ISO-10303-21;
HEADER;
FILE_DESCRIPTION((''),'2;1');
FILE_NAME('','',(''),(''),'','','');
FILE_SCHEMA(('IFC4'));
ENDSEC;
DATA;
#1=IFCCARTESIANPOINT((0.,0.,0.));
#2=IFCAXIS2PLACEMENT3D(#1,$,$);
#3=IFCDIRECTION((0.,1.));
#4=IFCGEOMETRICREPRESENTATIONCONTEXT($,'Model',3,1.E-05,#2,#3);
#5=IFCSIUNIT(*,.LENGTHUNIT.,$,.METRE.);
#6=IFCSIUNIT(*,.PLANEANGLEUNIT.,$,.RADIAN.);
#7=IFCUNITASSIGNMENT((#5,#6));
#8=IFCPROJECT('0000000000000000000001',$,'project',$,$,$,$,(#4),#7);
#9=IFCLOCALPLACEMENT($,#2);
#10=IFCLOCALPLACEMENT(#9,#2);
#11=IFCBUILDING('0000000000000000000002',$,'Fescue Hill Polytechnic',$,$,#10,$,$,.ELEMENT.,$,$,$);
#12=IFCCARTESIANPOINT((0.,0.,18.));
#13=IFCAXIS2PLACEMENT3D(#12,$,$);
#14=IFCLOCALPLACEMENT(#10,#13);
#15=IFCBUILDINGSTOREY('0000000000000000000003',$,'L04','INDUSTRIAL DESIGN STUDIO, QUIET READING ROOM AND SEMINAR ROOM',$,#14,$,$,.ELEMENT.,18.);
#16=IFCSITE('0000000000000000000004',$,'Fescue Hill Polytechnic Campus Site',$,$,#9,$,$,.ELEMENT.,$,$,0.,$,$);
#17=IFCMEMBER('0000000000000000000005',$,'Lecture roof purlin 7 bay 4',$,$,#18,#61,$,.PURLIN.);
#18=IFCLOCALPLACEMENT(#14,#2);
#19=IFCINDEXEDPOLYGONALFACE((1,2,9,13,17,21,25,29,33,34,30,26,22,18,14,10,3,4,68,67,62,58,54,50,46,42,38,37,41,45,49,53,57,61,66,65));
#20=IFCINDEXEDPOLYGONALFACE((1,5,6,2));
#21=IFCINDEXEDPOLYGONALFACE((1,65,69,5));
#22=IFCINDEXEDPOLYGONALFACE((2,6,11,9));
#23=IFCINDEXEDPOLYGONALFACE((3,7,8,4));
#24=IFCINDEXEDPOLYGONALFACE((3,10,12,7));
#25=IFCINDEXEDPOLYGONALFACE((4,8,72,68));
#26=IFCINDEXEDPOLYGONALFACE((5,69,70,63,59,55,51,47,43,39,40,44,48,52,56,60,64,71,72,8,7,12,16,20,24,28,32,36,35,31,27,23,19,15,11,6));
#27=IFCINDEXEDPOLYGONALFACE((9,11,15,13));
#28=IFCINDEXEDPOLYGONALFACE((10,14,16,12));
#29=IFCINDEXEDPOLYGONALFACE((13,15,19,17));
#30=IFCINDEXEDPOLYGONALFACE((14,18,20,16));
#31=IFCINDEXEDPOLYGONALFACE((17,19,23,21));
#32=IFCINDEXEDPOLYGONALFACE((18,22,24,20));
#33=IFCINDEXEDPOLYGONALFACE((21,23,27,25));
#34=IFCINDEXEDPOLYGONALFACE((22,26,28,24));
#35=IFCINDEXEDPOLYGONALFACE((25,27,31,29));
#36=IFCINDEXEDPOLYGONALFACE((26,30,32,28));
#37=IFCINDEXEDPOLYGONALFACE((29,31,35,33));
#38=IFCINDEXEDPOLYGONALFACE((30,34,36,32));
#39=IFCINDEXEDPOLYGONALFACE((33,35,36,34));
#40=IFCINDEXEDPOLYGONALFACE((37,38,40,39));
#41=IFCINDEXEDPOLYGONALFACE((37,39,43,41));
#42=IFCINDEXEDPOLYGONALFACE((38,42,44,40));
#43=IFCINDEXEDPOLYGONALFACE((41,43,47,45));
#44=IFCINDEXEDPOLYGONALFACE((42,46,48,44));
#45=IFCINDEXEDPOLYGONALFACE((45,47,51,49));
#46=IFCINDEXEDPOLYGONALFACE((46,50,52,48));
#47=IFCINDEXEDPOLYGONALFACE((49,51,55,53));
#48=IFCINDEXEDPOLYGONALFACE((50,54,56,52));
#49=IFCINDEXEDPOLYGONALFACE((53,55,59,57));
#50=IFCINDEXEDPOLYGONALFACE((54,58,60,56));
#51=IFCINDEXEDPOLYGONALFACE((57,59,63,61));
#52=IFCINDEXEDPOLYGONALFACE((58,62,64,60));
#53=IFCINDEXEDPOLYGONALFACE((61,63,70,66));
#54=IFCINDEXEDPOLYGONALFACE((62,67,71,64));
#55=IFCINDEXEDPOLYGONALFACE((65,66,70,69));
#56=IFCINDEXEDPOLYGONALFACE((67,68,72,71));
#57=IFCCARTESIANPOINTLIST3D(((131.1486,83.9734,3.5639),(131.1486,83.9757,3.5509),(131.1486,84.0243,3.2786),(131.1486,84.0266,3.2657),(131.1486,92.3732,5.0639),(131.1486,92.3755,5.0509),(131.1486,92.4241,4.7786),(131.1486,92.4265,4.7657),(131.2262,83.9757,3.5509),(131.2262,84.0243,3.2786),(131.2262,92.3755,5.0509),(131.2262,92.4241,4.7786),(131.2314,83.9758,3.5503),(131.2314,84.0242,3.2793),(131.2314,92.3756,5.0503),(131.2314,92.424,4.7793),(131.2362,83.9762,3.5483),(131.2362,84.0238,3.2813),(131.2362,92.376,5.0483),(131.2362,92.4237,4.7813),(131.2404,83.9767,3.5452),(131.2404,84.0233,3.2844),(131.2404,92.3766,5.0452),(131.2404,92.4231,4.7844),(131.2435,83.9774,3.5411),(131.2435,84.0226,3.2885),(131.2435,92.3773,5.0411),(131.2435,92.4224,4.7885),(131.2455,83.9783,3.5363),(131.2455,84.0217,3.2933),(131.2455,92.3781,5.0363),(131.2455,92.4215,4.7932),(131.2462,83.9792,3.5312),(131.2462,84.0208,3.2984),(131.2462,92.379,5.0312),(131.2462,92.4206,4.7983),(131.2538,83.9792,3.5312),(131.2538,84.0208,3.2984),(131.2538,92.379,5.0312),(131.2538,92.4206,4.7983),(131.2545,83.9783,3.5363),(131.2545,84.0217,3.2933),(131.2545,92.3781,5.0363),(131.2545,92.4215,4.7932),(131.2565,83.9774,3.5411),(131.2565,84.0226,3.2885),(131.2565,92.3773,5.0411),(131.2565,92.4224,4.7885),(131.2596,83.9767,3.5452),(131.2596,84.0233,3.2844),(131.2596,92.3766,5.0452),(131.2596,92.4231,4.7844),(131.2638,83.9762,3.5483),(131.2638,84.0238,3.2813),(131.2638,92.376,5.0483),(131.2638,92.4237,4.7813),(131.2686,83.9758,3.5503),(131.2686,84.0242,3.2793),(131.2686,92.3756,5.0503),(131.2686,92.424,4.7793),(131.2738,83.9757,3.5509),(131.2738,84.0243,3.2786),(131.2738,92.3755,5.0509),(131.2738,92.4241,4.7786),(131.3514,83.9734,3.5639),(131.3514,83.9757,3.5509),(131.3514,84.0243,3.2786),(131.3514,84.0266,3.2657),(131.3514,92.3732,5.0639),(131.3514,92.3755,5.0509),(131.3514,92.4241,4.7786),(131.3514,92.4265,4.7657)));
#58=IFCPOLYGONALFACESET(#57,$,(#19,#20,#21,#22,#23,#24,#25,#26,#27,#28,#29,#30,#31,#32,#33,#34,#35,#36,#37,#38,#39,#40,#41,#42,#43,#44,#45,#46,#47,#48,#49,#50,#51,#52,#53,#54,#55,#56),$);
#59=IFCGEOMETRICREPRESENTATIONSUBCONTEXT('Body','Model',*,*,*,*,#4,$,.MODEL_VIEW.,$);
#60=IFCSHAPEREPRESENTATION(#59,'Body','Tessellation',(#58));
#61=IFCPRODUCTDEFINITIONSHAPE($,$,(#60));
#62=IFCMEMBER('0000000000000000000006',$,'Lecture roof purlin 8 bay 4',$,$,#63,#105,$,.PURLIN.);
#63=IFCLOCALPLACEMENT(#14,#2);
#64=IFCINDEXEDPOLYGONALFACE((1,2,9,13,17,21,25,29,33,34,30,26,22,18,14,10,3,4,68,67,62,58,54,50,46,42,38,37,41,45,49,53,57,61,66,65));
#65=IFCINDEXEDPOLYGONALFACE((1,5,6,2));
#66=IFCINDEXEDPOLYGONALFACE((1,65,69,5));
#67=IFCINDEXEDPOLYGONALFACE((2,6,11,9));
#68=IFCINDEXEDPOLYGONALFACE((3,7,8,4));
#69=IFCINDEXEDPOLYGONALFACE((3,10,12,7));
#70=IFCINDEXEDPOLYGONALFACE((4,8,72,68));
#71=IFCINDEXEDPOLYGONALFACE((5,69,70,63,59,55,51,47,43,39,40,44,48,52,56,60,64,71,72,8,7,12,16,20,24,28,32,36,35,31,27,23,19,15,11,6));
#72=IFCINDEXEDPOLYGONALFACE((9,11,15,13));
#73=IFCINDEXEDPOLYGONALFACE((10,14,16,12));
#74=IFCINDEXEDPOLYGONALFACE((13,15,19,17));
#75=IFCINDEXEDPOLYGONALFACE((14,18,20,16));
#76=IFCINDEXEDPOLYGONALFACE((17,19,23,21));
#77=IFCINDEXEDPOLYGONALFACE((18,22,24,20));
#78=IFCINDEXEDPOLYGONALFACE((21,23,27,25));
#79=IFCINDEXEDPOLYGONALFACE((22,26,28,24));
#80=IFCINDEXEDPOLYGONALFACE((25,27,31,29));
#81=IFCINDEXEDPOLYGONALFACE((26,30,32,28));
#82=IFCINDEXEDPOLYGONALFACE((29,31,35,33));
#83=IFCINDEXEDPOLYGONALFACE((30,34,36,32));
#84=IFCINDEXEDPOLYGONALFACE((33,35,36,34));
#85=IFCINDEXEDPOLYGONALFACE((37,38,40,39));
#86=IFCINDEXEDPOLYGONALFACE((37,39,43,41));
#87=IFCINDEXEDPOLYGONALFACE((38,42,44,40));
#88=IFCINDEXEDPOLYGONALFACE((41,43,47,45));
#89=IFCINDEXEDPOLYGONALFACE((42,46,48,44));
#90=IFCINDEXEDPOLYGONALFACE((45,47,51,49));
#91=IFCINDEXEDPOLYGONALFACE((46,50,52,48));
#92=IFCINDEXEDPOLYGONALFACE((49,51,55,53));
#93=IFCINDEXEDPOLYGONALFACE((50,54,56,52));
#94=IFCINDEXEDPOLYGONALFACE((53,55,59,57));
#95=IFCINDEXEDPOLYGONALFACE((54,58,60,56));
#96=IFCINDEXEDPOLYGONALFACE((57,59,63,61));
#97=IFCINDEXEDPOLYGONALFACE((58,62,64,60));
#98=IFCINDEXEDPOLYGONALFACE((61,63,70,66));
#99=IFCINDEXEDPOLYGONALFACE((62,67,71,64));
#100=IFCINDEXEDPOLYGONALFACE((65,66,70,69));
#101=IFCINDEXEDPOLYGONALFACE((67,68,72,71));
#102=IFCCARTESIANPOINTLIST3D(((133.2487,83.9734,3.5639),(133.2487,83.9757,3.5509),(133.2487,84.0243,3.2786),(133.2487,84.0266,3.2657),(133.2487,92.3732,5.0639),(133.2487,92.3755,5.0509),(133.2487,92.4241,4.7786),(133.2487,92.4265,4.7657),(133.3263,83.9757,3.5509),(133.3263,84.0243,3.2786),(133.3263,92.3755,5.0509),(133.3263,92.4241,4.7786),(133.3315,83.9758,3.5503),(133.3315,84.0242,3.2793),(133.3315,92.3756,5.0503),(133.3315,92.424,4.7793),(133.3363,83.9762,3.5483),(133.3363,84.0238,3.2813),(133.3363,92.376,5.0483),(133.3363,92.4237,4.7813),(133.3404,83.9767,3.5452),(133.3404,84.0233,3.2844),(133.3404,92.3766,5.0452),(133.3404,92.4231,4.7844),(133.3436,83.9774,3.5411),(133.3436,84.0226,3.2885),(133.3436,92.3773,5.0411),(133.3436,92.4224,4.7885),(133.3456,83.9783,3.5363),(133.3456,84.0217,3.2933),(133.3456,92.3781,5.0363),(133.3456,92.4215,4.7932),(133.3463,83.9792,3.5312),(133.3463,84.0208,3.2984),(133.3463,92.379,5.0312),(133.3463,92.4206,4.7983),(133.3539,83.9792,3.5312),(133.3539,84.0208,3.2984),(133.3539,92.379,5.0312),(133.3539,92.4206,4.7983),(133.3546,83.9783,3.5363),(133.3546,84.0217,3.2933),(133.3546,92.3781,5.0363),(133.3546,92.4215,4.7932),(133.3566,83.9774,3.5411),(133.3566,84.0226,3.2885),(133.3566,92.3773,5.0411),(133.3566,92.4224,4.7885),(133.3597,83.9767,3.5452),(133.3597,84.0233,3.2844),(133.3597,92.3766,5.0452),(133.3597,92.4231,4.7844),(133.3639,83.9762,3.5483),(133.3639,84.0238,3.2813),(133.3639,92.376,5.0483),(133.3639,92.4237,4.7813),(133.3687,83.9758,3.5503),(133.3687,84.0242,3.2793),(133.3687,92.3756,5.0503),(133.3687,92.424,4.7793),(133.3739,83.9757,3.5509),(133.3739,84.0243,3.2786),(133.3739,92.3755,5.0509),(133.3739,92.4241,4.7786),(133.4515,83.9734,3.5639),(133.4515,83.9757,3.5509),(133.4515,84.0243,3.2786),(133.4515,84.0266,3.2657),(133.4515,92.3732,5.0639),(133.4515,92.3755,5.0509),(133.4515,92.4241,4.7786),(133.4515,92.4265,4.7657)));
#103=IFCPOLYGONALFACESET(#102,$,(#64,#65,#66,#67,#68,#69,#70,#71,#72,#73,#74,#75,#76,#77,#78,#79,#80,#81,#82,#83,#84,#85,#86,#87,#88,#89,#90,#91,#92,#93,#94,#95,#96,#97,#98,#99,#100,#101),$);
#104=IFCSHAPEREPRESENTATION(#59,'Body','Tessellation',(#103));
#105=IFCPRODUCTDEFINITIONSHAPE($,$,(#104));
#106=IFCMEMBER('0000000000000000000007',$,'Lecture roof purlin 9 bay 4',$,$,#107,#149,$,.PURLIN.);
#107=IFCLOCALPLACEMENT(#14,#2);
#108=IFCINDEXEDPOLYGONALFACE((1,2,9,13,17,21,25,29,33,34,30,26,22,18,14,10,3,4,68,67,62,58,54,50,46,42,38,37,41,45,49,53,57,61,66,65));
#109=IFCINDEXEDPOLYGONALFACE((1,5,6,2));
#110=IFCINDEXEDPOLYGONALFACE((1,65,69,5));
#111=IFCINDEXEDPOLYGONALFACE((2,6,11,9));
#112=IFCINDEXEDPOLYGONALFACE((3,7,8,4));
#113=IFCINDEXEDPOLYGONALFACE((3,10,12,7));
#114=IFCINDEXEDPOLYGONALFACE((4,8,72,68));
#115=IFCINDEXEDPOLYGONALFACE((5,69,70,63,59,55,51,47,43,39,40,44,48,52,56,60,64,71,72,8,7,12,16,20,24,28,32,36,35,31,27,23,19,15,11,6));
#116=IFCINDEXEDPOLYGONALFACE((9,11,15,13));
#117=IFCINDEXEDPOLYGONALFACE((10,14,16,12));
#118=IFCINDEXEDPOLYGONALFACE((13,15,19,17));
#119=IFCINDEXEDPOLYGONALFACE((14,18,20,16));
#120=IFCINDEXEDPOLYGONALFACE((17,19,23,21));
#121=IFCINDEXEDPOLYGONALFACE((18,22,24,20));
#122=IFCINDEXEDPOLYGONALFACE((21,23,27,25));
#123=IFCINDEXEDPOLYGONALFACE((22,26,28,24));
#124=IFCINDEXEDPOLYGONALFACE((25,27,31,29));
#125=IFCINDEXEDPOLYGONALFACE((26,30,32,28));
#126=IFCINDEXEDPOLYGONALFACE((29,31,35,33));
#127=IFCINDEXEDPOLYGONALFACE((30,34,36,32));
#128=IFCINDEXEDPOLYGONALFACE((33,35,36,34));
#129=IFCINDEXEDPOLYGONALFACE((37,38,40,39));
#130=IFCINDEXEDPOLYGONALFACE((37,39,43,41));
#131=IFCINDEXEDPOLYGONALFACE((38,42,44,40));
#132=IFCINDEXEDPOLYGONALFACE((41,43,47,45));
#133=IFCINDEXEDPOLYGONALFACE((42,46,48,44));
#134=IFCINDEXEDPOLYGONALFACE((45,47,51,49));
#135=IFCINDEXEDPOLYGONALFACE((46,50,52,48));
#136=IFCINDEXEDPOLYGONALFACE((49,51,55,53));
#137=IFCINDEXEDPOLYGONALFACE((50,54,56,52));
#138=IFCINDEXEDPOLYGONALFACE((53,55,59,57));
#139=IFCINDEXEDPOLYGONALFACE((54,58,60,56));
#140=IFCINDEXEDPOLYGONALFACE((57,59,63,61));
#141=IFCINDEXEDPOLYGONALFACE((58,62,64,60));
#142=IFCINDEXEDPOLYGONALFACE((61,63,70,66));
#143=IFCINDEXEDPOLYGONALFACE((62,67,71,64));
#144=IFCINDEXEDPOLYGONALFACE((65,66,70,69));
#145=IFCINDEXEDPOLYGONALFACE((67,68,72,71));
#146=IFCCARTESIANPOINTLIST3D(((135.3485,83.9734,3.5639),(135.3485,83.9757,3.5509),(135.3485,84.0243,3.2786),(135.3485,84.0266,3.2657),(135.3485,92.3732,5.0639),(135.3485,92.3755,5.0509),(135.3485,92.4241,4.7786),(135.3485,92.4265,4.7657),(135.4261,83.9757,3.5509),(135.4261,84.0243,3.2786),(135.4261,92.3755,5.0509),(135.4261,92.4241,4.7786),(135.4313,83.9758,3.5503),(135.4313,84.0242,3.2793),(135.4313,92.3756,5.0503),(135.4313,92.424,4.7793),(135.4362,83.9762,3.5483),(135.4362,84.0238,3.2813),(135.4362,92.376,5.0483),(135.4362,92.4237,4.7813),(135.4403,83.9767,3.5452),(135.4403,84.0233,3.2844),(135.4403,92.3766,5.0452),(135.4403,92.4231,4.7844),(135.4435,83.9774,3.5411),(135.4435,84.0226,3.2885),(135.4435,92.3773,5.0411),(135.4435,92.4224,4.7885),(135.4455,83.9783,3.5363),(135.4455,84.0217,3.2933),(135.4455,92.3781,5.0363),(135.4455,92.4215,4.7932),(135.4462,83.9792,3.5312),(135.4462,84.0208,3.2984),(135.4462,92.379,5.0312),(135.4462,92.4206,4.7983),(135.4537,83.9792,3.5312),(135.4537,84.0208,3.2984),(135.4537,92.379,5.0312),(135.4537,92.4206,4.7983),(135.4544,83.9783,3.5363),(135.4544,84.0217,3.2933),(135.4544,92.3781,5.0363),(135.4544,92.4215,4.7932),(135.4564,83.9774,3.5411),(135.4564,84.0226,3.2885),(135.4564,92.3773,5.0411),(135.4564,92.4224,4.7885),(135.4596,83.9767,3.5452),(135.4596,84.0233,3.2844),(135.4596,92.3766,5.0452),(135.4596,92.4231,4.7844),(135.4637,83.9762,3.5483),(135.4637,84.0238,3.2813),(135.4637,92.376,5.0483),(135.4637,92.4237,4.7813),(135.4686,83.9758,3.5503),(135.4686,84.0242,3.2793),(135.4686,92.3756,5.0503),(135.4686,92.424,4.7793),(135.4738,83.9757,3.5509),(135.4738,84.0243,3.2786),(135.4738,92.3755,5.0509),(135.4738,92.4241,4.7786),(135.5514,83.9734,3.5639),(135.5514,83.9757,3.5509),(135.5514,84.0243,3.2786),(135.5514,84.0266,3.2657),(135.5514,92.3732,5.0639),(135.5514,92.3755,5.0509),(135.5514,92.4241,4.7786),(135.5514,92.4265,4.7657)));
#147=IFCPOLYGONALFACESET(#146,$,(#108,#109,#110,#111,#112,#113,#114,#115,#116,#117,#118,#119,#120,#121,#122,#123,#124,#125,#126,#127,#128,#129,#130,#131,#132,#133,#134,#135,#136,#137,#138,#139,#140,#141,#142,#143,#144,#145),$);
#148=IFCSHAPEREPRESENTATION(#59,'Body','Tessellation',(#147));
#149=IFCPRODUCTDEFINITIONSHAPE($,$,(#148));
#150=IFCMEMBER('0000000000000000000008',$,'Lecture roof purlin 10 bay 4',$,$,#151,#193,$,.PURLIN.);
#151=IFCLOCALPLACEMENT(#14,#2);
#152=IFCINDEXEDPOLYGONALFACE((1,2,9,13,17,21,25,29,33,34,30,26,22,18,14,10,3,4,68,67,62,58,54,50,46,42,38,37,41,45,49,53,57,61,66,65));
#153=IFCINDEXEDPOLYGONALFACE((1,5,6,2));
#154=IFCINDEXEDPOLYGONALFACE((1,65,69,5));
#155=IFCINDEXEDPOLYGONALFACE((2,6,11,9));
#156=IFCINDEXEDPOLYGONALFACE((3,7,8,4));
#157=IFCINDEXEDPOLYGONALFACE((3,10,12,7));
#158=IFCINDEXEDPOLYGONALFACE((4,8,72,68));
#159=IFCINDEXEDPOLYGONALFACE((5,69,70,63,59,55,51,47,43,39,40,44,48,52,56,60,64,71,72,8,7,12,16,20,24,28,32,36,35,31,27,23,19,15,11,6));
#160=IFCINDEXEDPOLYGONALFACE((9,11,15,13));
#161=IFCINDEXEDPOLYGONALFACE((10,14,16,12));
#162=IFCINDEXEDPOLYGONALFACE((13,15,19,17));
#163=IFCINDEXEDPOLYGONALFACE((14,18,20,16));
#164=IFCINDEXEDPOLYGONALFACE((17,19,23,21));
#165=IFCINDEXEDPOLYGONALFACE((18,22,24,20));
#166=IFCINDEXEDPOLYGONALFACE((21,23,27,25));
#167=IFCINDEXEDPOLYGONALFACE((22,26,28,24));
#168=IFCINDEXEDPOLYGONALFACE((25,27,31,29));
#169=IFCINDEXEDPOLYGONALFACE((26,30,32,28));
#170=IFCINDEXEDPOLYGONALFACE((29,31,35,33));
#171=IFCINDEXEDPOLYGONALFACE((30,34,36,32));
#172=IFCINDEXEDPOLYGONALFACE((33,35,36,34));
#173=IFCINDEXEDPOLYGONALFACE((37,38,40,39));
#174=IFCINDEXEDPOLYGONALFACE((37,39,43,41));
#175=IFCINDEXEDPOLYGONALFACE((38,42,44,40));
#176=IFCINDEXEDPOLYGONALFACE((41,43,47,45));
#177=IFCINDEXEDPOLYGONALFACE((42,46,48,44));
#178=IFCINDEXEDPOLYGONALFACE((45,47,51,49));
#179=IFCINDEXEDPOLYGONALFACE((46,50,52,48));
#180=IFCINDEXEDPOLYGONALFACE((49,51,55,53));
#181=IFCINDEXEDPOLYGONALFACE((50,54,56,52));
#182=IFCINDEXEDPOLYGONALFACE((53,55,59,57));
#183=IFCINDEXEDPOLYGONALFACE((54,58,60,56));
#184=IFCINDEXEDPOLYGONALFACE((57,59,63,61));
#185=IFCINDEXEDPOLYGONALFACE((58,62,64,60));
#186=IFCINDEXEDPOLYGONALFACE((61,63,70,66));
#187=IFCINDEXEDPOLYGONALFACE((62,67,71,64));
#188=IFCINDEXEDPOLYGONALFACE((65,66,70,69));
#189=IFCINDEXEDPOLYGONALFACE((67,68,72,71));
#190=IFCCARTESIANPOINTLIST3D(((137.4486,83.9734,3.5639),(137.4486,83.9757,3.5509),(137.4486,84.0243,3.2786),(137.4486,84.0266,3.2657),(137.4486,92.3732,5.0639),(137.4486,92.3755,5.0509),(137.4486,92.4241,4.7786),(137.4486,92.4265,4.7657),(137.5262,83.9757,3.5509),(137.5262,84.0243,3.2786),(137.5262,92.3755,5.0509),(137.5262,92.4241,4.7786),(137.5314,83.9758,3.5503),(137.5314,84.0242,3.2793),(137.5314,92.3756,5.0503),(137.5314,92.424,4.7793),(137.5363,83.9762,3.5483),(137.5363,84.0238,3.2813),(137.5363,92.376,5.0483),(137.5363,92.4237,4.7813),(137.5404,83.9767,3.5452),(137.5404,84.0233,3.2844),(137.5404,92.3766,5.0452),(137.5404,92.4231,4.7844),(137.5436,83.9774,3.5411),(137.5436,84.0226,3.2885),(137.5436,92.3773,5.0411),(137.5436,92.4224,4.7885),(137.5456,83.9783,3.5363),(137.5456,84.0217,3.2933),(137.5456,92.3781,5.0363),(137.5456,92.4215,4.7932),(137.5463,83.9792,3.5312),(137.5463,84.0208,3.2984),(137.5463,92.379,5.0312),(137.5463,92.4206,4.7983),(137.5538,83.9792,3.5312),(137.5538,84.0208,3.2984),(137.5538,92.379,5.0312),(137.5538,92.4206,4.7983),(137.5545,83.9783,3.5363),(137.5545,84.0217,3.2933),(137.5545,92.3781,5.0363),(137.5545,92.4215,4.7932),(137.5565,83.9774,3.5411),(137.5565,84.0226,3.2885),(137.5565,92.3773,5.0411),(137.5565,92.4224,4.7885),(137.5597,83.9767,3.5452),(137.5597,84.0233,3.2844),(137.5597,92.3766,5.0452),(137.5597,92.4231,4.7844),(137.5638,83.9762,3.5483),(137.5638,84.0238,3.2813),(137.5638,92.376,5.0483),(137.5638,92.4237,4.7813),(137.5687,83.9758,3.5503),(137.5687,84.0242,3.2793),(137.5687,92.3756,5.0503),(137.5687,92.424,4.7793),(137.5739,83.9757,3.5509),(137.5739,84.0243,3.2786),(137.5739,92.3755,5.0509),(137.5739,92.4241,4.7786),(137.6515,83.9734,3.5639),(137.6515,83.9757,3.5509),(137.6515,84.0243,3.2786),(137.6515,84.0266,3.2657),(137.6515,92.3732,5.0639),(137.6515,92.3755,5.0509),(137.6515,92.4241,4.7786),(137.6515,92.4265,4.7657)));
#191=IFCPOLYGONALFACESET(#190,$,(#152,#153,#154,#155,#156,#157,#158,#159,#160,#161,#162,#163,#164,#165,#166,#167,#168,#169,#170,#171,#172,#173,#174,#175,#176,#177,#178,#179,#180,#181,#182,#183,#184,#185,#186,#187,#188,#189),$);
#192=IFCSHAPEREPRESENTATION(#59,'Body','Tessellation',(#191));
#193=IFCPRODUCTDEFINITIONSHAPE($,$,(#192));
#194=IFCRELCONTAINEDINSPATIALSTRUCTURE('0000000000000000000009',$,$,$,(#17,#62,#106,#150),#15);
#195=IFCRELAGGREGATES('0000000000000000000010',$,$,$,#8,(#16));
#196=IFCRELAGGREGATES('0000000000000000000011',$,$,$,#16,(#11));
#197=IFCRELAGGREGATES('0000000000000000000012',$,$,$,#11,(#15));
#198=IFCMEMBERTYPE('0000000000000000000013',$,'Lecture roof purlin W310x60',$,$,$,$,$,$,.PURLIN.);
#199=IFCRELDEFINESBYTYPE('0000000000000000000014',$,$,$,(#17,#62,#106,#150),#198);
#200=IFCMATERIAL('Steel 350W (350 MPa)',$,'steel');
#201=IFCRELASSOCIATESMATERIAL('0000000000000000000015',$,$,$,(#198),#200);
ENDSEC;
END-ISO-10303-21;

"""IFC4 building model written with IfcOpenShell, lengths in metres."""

from ifc_helpers import new_model, si_unit, direction, frame, origin, origin_2d, place, context, subcontext, project, spatial, i_section, extrude, material, material_profile, profile_set, type_object, element, save


model = new_model("IFC4")

# Units and contexts
model_context = context("Model", 3, precision=1e-05, world=origin(), true_north=direction((0.0, 1.0)))
body_context = subcontext(model_context, "Body", "Model", "MODEL_VIEW")
ifc_project = project(units=[si_unit("LENGTHUNIT", "METRE"), si_unit("PLANEANGLEUNIT", "RADIAN")], contexts=[model_context])

# Site, building, storey
site_placement = place(None, origin())
site = spatial("IfcSite", under=ifc_project, at=site_placement, Name="Fescue Hill Polytechnic Campus Site", CompositionType="ELEMENT", RefElevation=0.0)
building_placement = place(site_placement, origin())
building = spatial("IfcBuilding", under=site, at=building_placement, Name="Fescue Hill Polytechnic", CompositionType="ELEMENT")
storey_placement = place(building_placement, frame((0.0, 0.0, 18.0)))
storey = spatial("IfcBuildingStorey", under=building, at=storey_placement, Name="L04", Description="INDUSTRIAL DESIGN STUDIO, QUIET READING ROOM AND SEMINAR ROOM", CompositionType="ELEMENT", Elevation=18.0)

# Shared definitions
ifc_material_1 = material(Name="Steel 350W (350 MPa)", Category="steel")

# Members
ifc_material_profile_1 = material_profile(ifc_material_1, i_section(OverallWidth=0.2029, OverallDepth=0.303, WebThickness=0.0076, FlangeThickness=0.0132, FilletRadius=0.02, at=origin_2d()), Name="W310x60")
ifc_profile_set_1 = profile_set([ifc_material_profile_1], Name="Steel 350W (350 MPa)")
member_type = type_object("IfcMemberType", Name="Lecture roof purlin W310x60", PredefinedType="PURLIN", material=ifc_profile_set_1)
for number, where, z_axis, x_axis, name in (
    (1, (131.25, 84.0, 3.4148), (0.0, 0.984427, 0.175793), (-1.0, 0.0, 0.0), "Lecture roof purlin 7 bay 4"),
    (2, (133.3501, 84.0, 3.4148), (0.0, 0.984427, 0.175793), (-1.0, 0.0, 0.0), "Lecture roof purlin 8 bay 4"),
    (3, (135.45, 84.0, 3.4148), (0.0, 0.984427, 0.175793), (-1.0, 0.0, 0.0), "Lecture roof purlin 9 bay 4"),
    (4, (137.55, 84.0, 3.4148), (0.0, 0.984427, 0.175793), (-1.0, 0.0, 0.0), "Lecture roof purlin 10 bay 4"),
):
    element("IfcMember", number, at=place(storey_placement, frame(where, z_axis=z_axis, x_axis=x_axis)), inside=storey, type_object=member_type, Name=name, PredefinedType="PURLIN", context=body_context, shape_type="SweptSolid", body=[
        extrude(i_section(OverallWidth=0.2029, OverallDepth=0.303, WebThickness=0.0076, FlangeThickness=0.0132, FilletRadius=0.02, at=origin_2d()), origin(), (0.0, 0.0, 1.0), 8.5327),
    ])

save(model, "model.ifc")
